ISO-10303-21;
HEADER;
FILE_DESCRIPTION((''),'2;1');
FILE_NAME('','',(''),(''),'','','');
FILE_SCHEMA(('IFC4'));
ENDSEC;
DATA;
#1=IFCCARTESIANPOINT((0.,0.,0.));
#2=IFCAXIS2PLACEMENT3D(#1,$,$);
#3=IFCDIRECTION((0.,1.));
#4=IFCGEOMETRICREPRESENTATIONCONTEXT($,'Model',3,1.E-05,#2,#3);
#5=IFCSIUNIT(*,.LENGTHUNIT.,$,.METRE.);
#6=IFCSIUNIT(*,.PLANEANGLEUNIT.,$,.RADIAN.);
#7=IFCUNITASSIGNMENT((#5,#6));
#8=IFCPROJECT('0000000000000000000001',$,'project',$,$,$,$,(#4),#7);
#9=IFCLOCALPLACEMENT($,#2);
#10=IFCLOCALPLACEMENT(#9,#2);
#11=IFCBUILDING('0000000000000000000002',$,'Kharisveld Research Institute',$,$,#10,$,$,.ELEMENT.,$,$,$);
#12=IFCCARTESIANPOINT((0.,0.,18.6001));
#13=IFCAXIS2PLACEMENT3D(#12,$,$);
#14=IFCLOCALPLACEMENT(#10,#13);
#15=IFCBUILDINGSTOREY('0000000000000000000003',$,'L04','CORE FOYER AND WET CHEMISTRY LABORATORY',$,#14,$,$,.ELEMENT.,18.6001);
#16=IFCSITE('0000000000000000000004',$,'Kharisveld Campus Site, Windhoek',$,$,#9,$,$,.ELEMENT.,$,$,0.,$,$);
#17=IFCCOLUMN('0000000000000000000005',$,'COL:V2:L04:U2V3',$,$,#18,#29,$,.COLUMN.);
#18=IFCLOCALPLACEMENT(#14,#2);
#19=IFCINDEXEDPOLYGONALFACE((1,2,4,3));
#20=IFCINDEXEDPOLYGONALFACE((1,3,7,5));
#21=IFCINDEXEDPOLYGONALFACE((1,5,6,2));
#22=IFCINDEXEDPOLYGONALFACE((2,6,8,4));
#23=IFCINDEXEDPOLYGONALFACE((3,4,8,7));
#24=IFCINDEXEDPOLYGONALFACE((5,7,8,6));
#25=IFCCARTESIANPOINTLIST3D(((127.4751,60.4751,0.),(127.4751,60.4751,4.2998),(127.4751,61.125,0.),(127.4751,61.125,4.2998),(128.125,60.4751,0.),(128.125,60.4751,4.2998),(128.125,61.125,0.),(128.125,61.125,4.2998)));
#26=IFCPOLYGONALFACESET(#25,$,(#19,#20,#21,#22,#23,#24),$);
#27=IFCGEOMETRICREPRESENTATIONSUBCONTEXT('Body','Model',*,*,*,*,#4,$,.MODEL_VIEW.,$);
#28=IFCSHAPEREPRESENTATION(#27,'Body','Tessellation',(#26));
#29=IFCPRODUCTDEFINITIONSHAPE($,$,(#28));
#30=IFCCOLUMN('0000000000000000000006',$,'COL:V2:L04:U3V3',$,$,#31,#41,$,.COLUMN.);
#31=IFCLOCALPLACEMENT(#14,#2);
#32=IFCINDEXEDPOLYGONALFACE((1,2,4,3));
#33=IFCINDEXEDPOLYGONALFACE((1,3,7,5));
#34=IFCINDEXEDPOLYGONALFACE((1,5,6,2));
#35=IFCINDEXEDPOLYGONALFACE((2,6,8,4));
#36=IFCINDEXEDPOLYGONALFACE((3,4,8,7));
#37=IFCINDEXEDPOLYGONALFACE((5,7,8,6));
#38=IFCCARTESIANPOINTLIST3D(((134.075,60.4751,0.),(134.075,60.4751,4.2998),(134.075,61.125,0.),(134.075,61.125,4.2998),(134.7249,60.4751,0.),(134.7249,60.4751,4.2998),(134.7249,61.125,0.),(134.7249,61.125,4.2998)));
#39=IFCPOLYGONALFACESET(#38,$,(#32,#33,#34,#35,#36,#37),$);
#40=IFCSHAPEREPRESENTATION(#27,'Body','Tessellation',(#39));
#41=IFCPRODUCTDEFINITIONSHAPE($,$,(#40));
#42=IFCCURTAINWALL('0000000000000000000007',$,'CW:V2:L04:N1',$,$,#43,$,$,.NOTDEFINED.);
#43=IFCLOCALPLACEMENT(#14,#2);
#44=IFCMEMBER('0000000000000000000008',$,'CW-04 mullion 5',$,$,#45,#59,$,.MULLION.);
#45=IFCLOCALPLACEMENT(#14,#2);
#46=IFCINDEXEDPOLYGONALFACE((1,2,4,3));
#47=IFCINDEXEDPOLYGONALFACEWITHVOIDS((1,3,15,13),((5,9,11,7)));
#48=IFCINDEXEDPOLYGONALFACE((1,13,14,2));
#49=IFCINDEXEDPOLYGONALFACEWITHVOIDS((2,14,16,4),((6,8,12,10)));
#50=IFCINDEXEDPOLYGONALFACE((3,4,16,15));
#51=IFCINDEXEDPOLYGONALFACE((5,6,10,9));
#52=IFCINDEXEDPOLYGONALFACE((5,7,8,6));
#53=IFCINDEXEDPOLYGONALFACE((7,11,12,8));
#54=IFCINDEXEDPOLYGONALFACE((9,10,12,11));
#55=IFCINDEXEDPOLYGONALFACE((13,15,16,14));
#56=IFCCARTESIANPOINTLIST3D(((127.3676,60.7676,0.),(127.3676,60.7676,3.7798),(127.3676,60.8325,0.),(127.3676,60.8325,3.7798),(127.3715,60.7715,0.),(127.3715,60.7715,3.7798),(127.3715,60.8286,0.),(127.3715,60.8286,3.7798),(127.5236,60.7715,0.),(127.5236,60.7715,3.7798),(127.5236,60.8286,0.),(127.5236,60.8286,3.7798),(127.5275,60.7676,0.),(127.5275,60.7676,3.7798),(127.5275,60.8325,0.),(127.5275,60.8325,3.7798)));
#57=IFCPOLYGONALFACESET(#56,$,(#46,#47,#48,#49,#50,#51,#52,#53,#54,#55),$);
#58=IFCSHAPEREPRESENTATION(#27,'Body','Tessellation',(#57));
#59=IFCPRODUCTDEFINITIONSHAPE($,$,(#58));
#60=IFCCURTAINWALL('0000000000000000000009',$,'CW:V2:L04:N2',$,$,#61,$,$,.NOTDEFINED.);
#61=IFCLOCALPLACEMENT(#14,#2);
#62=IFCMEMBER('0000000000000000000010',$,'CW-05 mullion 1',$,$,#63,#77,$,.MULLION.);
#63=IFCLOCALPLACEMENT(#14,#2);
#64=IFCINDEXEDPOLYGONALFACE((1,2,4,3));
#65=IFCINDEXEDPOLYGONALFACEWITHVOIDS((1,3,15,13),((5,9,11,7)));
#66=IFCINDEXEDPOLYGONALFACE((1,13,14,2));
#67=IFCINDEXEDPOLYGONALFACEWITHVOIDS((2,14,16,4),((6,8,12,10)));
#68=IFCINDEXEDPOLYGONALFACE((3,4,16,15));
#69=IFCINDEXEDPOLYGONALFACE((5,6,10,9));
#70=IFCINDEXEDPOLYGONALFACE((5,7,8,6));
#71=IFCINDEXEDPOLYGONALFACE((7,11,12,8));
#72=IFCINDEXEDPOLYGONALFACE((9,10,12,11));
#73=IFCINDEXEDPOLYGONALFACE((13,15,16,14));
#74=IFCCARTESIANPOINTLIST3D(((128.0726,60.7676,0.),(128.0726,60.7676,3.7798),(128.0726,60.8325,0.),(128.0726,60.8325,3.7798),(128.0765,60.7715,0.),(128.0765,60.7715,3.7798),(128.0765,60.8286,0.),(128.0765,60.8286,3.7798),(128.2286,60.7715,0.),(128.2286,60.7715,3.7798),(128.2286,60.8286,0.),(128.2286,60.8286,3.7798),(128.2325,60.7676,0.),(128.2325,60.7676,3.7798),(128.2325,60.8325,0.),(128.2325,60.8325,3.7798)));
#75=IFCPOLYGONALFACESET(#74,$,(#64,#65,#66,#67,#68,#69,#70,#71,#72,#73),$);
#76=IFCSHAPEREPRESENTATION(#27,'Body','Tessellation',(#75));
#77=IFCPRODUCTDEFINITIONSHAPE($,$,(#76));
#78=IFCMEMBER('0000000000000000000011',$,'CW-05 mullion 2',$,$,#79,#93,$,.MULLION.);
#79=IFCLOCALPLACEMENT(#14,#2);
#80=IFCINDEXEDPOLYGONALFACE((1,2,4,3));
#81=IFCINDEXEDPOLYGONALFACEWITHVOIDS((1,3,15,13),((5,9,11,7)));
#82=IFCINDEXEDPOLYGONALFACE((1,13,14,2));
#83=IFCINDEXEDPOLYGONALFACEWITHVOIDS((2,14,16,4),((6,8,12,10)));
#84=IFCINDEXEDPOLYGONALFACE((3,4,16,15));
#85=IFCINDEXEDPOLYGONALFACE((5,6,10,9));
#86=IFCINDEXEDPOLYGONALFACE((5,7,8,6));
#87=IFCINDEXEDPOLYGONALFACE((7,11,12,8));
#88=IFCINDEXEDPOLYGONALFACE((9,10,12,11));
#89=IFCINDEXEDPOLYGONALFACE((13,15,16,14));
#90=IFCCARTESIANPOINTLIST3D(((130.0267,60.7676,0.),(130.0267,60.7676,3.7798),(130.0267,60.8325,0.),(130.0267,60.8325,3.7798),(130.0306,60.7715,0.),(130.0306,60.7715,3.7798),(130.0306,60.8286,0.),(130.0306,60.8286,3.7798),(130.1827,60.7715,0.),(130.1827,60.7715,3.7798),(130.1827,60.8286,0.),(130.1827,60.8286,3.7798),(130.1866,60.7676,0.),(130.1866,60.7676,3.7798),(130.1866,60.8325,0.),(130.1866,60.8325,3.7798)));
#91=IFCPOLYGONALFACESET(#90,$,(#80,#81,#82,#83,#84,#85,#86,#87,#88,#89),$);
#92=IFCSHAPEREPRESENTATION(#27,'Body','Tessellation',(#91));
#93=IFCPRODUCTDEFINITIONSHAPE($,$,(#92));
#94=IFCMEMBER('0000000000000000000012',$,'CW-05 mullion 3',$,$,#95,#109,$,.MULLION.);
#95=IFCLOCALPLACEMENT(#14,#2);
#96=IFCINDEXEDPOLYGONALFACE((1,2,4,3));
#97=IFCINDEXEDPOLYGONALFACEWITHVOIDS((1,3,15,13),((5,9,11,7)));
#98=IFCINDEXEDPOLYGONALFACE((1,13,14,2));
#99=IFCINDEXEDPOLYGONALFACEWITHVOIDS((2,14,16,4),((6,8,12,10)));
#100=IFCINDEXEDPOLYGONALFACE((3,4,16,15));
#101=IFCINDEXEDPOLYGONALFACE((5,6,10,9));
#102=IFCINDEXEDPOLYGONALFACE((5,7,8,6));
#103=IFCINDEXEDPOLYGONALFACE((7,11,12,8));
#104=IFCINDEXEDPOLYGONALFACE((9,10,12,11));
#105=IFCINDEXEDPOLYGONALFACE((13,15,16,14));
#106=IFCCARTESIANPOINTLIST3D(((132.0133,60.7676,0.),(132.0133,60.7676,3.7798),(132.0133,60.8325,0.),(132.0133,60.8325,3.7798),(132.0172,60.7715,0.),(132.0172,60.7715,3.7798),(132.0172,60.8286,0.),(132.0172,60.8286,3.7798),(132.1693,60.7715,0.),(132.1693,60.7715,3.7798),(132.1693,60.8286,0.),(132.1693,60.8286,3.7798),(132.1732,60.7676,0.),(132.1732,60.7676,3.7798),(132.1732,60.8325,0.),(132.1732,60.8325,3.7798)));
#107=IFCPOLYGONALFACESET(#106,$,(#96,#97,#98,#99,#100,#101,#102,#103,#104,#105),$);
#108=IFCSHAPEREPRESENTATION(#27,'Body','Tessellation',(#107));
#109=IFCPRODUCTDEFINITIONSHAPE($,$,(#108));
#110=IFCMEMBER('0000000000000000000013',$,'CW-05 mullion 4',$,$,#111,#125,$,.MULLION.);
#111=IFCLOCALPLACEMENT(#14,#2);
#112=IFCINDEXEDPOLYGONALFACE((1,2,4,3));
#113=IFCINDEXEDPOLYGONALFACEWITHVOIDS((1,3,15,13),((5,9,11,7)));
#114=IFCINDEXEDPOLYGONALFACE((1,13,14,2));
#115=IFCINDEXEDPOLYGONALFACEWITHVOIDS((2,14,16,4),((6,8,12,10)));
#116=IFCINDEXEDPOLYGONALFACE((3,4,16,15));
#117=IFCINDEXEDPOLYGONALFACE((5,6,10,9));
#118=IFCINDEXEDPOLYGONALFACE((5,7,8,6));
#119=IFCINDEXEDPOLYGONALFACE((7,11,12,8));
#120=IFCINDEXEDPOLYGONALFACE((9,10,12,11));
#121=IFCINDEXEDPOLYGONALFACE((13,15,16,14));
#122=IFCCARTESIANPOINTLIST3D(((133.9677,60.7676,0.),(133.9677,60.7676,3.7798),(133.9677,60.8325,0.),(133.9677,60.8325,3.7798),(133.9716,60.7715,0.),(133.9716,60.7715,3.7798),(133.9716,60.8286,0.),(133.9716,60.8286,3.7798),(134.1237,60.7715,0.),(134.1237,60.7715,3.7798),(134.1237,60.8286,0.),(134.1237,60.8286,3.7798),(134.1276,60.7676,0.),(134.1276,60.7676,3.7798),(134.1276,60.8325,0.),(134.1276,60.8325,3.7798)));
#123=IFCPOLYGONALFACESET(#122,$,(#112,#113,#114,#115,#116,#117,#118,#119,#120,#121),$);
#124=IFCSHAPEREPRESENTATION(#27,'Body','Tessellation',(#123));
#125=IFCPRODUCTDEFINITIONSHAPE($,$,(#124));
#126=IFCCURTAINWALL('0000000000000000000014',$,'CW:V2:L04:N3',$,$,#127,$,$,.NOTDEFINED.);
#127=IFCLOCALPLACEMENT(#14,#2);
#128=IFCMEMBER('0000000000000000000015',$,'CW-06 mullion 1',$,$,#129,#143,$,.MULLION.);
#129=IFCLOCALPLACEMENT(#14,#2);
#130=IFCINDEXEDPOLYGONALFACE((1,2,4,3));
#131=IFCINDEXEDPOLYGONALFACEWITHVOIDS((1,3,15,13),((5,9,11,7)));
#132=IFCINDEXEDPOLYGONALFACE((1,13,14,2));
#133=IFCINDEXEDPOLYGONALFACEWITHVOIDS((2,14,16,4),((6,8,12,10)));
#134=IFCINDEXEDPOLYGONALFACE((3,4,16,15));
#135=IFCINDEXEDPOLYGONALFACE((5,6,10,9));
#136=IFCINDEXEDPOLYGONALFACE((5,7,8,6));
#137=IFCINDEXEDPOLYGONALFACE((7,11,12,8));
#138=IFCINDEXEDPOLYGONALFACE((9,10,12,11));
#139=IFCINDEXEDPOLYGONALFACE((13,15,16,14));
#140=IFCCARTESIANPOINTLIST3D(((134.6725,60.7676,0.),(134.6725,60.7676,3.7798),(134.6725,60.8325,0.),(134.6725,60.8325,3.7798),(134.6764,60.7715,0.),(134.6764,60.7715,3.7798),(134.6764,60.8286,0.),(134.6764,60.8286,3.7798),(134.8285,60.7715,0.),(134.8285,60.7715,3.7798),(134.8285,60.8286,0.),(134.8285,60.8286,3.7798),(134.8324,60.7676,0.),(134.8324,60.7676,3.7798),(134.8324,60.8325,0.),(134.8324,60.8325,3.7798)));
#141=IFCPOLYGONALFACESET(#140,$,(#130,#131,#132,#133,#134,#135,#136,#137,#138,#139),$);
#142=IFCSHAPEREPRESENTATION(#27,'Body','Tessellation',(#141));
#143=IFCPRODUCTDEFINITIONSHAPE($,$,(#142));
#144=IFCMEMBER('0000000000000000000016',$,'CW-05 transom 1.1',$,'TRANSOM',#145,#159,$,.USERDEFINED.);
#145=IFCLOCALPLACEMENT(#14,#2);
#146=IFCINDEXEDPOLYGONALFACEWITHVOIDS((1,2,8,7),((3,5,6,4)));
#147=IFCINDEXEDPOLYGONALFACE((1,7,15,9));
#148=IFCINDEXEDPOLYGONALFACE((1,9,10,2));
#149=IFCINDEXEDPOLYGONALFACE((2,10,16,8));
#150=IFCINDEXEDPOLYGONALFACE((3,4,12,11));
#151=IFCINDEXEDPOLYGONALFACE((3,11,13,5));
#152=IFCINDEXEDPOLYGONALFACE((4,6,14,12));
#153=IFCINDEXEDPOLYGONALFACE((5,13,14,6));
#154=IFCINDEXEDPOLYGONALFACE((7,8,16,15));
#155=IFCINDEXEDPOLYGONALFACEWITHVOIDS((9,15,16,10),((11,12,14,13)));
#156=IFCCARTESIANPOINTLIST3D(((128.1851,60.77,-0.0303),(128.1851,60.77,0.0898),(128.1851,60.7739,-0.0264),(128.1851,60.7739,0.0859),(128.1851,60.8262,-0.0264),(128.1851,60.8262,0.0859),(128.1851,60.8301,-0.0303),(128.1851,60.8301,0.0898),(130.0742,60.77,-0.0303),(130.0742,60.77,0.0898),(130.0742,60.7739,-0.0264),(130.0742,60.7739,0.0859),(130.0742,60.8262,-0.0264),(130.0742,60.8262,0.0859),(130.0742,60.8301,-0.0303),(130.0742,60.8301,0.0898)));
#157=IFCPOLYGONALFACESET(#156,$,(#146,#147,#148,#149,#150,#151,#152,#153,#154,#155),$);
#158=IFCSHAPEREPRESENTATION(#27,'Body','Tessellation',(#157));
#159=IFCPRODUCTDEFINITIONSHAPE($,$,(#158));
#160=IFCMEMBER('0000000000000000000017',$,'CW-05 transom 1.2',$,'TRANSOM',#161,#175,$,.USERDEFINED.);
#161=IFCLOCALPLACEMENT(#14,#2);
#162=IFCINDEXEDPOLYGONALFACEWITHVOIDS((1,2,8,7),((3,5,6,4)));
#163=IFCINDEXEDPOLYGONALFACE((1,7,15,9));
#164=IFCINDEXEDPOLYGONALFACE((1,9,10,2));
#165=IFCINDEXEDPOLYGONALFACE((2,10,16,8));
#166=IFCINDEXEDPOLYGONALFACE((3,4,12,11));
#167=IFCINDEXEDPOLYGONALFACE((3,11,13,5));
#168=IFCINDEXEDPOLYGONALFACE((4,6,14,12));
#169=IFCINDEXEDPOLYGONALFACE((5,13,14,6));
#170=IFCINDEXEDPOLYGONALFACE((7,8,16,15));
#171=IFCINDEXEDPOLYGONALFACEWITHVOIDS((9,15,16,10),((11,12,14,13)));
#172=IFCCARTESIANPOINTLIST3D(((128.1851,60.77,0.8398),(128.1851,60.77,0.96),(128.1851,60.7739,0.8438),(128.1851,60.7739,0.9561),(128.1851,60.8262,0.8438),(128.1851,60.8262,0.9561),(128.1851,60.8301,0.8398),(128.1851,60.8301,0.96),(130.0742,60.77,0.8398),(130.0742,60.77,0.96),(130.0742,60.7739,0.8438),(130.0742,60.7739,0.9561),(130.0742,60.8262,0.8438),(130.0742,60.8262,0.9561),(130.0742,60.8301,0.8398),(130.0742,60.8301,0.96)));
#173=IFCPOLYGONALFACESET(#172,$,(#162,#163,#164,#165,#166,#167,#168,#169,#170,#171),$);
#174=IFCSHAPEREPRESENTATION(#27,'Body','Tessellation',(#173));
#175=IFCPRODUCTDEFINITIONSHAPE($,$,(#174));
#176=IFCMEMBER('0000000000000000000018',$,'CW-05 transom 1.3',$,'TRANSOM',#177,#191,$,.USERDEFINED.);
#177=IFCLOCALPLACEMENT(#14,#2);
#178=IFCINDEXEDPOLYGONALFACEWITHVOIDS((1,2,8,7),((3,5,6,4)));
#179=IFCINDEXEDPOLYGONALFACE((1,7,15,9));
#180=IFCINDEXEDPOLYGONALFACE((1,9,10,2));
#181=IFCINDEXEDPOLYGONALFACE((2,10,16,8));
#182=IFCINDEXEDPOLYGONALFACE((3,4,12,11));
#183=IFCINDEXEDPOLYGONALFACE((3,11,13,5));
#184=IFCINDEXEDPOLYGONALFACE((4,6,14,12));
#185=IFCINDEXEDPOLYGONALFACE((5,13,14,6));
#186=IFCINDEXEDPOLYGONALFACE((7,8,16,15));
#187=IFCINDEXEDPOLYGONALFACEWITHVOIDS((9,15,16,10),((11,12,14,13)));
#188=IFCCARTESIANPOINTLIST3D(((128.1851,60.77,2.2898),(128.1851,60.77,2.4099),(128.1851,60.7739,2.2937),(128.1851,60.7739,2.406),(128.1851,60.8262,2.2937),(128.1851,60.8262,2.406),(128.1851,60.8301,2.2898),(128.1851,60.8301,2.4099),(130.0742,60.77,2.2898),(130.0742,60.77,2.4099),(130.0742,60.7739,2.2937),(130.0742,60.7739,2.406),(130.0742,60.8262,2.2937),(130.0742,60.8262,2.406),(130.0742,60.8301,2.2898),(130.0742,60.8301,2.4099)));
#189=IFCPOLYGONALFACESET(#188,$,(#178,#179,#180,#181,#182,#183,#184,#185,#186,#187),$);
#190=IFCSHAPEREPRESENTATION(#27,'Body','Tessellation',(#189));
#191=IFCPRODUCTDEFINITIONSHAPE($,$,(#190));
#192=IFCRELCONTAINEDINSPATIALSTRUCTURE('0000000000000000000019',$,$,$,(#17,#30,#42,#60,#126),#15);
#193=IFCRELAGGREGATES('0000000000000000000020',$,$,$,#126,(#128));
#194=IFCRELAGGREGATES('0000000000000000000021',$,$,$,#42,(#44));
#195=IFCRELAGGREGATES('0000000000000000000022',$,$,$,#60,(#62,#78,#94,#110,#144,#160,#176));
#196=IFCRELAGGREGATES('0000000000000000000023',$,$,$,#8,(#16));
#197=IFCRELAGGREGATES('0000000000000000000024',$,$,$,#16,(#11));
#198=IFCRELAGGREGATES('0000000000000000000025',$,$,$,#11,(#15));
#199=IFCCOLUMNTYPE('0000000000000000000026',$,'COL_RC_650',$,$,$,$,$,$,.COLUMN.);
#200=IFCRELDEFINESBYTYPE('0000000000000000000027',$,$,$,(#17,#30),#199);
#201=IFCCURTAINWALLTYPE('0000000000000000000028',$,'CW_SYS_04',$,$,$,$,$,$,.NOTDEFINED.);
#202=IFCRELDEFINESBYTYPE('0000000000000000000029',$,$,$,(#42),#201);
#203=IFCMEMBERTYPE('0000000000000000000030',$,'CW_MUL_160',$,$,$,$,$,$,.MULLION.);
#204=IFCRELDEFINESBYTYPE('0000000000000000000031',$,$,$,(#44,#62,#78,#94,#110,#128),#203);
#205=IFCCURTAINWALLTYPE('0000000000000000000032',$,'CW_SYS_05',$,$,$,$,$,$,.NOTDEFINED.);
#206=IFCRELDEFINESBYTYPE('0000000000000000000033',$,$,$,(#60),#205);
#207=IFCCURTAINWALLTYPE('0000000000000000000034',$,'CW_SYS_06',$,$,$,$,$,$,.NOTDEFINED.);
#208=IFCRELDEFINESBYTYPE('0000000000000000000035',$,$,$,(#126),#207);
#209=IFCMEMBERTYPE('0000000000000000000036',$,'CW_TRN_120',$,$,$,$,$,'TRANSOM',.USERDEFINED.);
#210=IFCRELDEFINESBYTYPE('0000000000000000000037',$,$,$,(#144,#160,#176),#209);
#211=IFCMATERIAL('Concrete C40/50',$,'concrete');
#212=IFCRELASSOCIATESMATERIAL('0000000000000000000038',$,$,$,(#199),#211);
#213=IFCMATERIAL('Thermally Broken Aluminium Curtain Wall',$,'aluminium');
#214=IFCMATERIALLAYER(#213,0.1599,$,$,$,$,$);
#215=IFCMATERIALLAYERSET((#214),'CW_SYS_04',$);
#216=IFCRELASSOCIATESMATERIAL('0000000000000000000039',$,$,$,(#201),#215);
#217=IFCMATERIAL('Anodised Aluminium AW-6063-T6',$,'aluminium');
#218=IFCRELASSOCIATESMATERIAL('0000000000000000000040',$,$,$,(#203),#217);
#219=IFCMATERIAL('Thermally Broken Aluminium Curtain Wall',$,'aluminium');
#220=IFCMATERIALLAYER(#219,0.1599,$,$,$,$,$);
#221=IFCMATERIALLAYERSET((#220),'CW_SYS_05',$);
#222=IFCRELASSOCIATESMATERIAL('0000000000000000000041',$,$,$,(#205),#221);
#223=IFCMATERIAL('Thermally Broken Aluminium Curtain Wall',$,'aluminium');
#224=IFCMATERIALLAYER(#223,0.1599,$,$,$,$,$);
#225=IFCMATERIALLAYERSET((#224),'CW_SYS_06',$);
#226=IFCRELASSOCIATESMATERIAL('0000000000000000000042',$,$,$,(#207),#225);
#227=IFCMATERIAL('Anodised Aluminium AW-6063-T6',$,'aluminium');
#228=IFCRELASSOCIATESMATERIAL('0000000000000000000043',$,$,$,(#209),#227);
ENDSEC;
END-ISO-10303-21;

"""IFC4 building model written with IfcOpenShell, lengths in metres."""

from ifc_helpers import new_model, si_unit, direction, frame, origin, origin_2d, place, context, subcontext, project, spatial, rectangle, hollow_rectangle, extrude, material, layer, layer_set, material_profile, profile_set, type_object, element, aggregate, save


model = new_model("IFC4")

# Units and contexts
model_context = context("Model", 3, precision=1e-05, world=origin(), true_north=direction((0.0, 1.0)))
body_context = subcontext(model_context, "Body", "Model", "MODEL_VIEW")
ifc_project = project(units=[si_unit("LENGTHUNIT", "METRE"), si_unit("PLANEANGLEUNIT", "RADIAN")], contexts=[model_context])

# Site, building, storey
site_placement = place(None, origin())
site = spatial("IfcSite", under=ifc_project, at=site_placement, Name="Kharisveld Campus Site, Windhoek", CompositionType="ELEMENT", RefElevation=0.0)
building_placement = place(site_placement, origin())
building = spatial("IfcBuilding", under=site, at=building_placement, Name="Kharisveld Research Institute", CompositionType="ELEMENT")
storey_placement = place(building_placement, frame((0.0, 0.0, 18.6001)))
storey = spatial("IfcBuildingStorey", under=building, at=storey_placement, Name="L04", Description="CORE FOYER AND WET CHEMISTRY LABORATORY", CompositionType="ELEMENT", Elevation=18.6001)

# Columns
ifc_material_1 = material(Name="Concrete C40/50", Category="concrete")
ifc_material_profile_1 = material_profile(ifc_material_1, rectangle(XDim=0.6499, YDim=0.6499, at=origin_2d()))
ifc_profile_set_1 = profile_set([ifc_material_profile_1], Name="Concrete C40/50")
column_type = type_object("IfcColumnType", Name="COL_RC_650", PredefinedType="COLUMN", material=ifc_profile_set_1)
for number, where, z_axis, x_axis, name in (
    (1, (127.8, 60.8, 0.0), (0.0, 0.0, 1.0), (1.0, 0.0, 0.0), "COL:V2:L04:U2V3"),
    (2, (134.3999, 60.8, 0.0), (0.0, 0.0, 1.0), (1.0, 0.0, 0.0), "COL:V2:L04:U3V3"),
):
    element("IfcColumn", number, at=place(storey_placement, frame(where, z_axis=z_axis, x_axis=x_axis)), inside=storey, type_object=column_type, Name=name, PredefinedType="COLUMN", context=body_context, shape_type="SweptSolid", body=[
        extrude(rectangle(XDim=0.6499, YDim=0.6499, at=origin_2d()), origin(), (0.0, 0.0, 1.0), 4.2998),
    ])

# Curtain wall, member
ifc_material_2 = material(Name="Thermally Broken Aluminium Curtain Wall", Category="aluminium")
ifc_layer_1 = layer(ifc_material_2, 0.1599)
ifc_layer_set_1 = layer_set([ifc_layer_1], Name="CW_SYS_04")
curtain_wall_type_1 = type_object("IfcCurtainWallType", Name="CW_SYS_04", PredefinedType="NOTDEFINED", material=ifc_layer_set_1)
curtain_wall_1_placement = place(storey_placement, origin())
curtain_wall_1 = element("IfcCurtainWall", 3, at=curtain_wall_1_placement, inside=storey, type_object=curtain_wall_type_1, Name="CW:V2:L04:N1", PredefinedType="NOTDEFINED")
ifc_material_3 = material(Name="Anodised Aluminium AW-6063-T6", Category="aluminium")
ifc_material_profile_2 = material_profile(ifc_material_3, hollow_rectangle(XDim=0.0649, YDim=0.1599, WallThickness=0.0039, at=origin_2d()))
ifc_profile_set_2 = profile_set([ifc_material_profile_2], Name="Anodised Aluminium AW-6063-T6")
member_type_1 = type_object("IfcMemberType", Name="CW_MUL_160", PredefinedType="MULLION", material=ifc_profile_set_2)
member_1_placement = place(storey_placement, frame((127.4475, 60.8, 0.0), z_axis=(0.0, 0.0, 1.0), x_axis=(0.0, 1.0, 0.0)))
member_1 = element("IfcMember", 4, at=member_1_placement, type_object=member_type_1, Name="CW-04 mullion 5", PredefinedType="MULLION", context=body_context, shape_type="SweptSolid", body=[
    extrude(hollow_rectangle(XDim=0.0649, YDim=0.1599, WallThickness=0.0039, at=origin_2d()), origin(), (0.0, 0.0, 1.0), 3.7798),
])

# Curtain wall, members
ifc_material_4 = material(Name="Thermally Broken Aluminium Curtain Wall", Category="aluminium")
ifc_layer_2 = layer(ifc_material_4, 0.1599)
ifc_layer_set_2 = layer_set([ifc_layer_2], Name="CW_SYS_05")
curtain_wall_type_2 = type_object("IfcCurtainWallType", Name="CW_SYS_05", PredefinedType="NOTDEFINED", material=ifc_layer_set_2)
curtain_wall_2_placement = place(storey_placement, origin())
curtain_wall_2 = element("IfcCurtainWall", 5, at=curtain_wall_2_placement, inside=storey, type_object=curtain_wall_type_2, Name="CW:V2:L04:N2", PredefinedType="NOTDEFINED")
member_2_placement = place(storey_placement, frame((128.1526, 60.8, 0.0), z_axis=(0.0, 0.0, 1.0), x_axis=(0.0, 1.0, 0.0)))
member_2 = element("IfcMember", 6, at=member_2_placement, type_object=member_type_1, Name="CW-05 mullion 1", PredefinedType="MULLION", context=body_context, shape_type="SweptSolid", body=[
    extrude(hollow_rectangle(XDim=0.0649, YDim=0.1599, WallThickness=0.0039, at=origin_2d()), origin(), (0.0, 0.0, 1.0), 3.7798),
])
member_3_placement = place(storey_placement, frame((130.1067, 60.8, 0.0), z_axis=(0.0, 0.0, 1.0), x_axis=(0.0, 1.0, 0.0)))
member_3 = element("IfcMember", 7, at=member_3_placement, type_object=member_type_1, Name="CW-05 mullion 2", PredefinedType="MULLION", context=body_context, shape_type="SweptSolid", body=[
    extrude(hollow_rectangle(XDim=0.0649, YDim=0.1599, WallThickness=0.0039, at=origin_2d()), origin(), (0.0, 0.0, 1.0), 3.7798),
])
member_4_placement = place(storey_placement, frame((132.0933, 60.8, 0.0), z_axis=(0.0, 0.0, 1.0), x_axis=(0.0, 1.0, 0.0)))
member_4 = element("IfcMember", 8, at=member_4_placement, type_object=member_type_1, Name="CW-05 mullion 3", PredefinedType="MULLION", context=body_context, shape_type="SweptSolid", body=[
    extrude(hollow_rectangle(XDim=0.0649, YDim=0.1599, WallThickness=0.0039, at=origin_2d()), origin(), (0.0, 0.0, 1.0), 3.7798),
])
member_5_placement = place(storey_placement, frame((134.0476, 60.8, 0.0), z_axis=(0.0, 0.0, 1.0), x_axis=(0.0, 1.0, 0.0)))
member_5 = element("IfcMember", 9, at=member_5_placement, type_object=member_type_1, Name="CW-05 mullion 4", PredefinedType="MULLION", context=body_context, shape_type="SweptSolid", body=[
    extrude(hollow_rectangle(XDim=0.0649, YDim=0.1599, WallThickness=0.0039, at=origin_2d()), origin(), (0.0, 0.0, 1.0), 3.7798),
])

# Curtain wall, member
ifc_material_5 = material(Name="Thermally Broken Aluminium Curtain Wall", Category="aluminium")
ifc_layer_3 = layer(ifc_material_5, 0.1599)
ifc_layer_set_3 = layer_set([ifc_layer_3], Name="CW_SYS_06")
curtain_wall_type_3 = type_object("IfcCurtainWallType", Name="CW_SYS_06", PredefinedType="NOTDEFINED", material=ifc_layer_set_3)
curtain_wall_3_placement = place(storey_placement, origin())
curtain_wall_3 = element("IfcCurtainWall", 10, at=curtain_wall_3_placement, inside=storey, type_object=curtain_wall_type_3, Name="CW:V2:L04:N3", PredefinedType="NOTDEFINED")
member_6_placement = place(storey_placement, frame((134.7524, 60.8, 0.0), z_axis=(0.0, 0.0, 1.0), x_axis=(0.0, 1.0, 0.0)))
member_6 = element("IfcMember", 11, at=member_6_placement, type_object=member_type_1, Name="CW-06 mullion 1", PredefinedType="MULLION", context=body_context, shape_type="SweptSolid", body=[
    extrude(hollow_rectangle(XDim=0.0649, YDim=0.1599, WallThickness=0.0039, at=origin_2d()), origin(), (0.0, 0.0, 1.0), 3.7798),
])

# Members
ifc_material_6 = material(Name="Anodised Aluminium AW-6063-T6", Category="aluminium")
ifc_material_profile_3 = material_profile(ifc_material_6, hollow_rectangle(XDim=0.0601, YDim=0.1201, WallThickness=0.0039, at=origin_2d()))
ifc_profile_set_3 = profile_set([ifc_material_profile_3], Name="Anodised Aluminium AW-6063-T6")
member_type_2 = type_object("IfcMemberType", Name="CW_TRN_120", ElementType="TRANSOM", PredefinedType="USERDEFINED", material=ifc_profile_set_3)
member_7_placement = place(storey_placement, frame((128.1851, 60.8, 0.0298), z_axis=(1.0, 0.0, 0.0), x_axis=(0.0, 1.0, 0.0)))
member_7 = element("IfcMember", 12, at=member_7_placement, type_object=member_type_2, Name="CW-05 transom 1.1", ObjectType="TRANSOM", PredefinedType="USERDEFINED", context=body_context, shape_type="SweptSolid", body=[
    extrude(hollow_rectangle(XDim=0.0601, YDim=0.1201, WallThickness=0.0039, at=origin_2d()), origin(), (0.0, 0.0, 1.0), 1.8892),
])
member_8_placement = place(storey_placement, frame((128.1851, 60.8, 0.8999), z_axis=(1.0, 0.0, 0.0), x_axis=(0.0, 1.0, 0.0)))
member_8 = element("IfcMember", 13, at=member_8_placement, type_object=member_type_2, Name="CW-05 transom 1.2", ObjectType="TRANSOM", PredefinedType="USERDEFINED", context=body_context, shape_type="SweptSolid", body=[
    extrude(hollow_rectangle(XDim=0.0601, YDim=0.1201, WallThickness=0.0039, at=origin_2d()), origin(), (0.0, 0.0, 1.0), 1.8892),
])
member_9_placement = place(storey_placement, frame((128.1851, 60.8, 2.3499), z_axis=(1.0, 0.0, 0.0), x_axis=(0.0, 1.0, 0.0)))
member_9 = element("IfcMember", 14, at=member_9_placement, type_object=member_type_2, Name="CW-05 transom 1.3", ObjectType="TRANSOM", PredefinedType="USERDEFINED", context=body_context, shape_type="SweptSolid", body=[
    extrude(hollow_rectangle(XDim=0.0601, YDim=0.1201, WallThickness=0.0039, at=origin_2d()), origin(), (0.0, 0.0, 1.0), 1.8892),
])
aggregate(curtain_wall_3, [member_6])

aggregate(curtain_wall_1, [member_1])
aggregate(curtain_wall_2, [member_2, member_3, member_4, member_5, member_7, member_8, member_9])

save(model, "model.ifc")
